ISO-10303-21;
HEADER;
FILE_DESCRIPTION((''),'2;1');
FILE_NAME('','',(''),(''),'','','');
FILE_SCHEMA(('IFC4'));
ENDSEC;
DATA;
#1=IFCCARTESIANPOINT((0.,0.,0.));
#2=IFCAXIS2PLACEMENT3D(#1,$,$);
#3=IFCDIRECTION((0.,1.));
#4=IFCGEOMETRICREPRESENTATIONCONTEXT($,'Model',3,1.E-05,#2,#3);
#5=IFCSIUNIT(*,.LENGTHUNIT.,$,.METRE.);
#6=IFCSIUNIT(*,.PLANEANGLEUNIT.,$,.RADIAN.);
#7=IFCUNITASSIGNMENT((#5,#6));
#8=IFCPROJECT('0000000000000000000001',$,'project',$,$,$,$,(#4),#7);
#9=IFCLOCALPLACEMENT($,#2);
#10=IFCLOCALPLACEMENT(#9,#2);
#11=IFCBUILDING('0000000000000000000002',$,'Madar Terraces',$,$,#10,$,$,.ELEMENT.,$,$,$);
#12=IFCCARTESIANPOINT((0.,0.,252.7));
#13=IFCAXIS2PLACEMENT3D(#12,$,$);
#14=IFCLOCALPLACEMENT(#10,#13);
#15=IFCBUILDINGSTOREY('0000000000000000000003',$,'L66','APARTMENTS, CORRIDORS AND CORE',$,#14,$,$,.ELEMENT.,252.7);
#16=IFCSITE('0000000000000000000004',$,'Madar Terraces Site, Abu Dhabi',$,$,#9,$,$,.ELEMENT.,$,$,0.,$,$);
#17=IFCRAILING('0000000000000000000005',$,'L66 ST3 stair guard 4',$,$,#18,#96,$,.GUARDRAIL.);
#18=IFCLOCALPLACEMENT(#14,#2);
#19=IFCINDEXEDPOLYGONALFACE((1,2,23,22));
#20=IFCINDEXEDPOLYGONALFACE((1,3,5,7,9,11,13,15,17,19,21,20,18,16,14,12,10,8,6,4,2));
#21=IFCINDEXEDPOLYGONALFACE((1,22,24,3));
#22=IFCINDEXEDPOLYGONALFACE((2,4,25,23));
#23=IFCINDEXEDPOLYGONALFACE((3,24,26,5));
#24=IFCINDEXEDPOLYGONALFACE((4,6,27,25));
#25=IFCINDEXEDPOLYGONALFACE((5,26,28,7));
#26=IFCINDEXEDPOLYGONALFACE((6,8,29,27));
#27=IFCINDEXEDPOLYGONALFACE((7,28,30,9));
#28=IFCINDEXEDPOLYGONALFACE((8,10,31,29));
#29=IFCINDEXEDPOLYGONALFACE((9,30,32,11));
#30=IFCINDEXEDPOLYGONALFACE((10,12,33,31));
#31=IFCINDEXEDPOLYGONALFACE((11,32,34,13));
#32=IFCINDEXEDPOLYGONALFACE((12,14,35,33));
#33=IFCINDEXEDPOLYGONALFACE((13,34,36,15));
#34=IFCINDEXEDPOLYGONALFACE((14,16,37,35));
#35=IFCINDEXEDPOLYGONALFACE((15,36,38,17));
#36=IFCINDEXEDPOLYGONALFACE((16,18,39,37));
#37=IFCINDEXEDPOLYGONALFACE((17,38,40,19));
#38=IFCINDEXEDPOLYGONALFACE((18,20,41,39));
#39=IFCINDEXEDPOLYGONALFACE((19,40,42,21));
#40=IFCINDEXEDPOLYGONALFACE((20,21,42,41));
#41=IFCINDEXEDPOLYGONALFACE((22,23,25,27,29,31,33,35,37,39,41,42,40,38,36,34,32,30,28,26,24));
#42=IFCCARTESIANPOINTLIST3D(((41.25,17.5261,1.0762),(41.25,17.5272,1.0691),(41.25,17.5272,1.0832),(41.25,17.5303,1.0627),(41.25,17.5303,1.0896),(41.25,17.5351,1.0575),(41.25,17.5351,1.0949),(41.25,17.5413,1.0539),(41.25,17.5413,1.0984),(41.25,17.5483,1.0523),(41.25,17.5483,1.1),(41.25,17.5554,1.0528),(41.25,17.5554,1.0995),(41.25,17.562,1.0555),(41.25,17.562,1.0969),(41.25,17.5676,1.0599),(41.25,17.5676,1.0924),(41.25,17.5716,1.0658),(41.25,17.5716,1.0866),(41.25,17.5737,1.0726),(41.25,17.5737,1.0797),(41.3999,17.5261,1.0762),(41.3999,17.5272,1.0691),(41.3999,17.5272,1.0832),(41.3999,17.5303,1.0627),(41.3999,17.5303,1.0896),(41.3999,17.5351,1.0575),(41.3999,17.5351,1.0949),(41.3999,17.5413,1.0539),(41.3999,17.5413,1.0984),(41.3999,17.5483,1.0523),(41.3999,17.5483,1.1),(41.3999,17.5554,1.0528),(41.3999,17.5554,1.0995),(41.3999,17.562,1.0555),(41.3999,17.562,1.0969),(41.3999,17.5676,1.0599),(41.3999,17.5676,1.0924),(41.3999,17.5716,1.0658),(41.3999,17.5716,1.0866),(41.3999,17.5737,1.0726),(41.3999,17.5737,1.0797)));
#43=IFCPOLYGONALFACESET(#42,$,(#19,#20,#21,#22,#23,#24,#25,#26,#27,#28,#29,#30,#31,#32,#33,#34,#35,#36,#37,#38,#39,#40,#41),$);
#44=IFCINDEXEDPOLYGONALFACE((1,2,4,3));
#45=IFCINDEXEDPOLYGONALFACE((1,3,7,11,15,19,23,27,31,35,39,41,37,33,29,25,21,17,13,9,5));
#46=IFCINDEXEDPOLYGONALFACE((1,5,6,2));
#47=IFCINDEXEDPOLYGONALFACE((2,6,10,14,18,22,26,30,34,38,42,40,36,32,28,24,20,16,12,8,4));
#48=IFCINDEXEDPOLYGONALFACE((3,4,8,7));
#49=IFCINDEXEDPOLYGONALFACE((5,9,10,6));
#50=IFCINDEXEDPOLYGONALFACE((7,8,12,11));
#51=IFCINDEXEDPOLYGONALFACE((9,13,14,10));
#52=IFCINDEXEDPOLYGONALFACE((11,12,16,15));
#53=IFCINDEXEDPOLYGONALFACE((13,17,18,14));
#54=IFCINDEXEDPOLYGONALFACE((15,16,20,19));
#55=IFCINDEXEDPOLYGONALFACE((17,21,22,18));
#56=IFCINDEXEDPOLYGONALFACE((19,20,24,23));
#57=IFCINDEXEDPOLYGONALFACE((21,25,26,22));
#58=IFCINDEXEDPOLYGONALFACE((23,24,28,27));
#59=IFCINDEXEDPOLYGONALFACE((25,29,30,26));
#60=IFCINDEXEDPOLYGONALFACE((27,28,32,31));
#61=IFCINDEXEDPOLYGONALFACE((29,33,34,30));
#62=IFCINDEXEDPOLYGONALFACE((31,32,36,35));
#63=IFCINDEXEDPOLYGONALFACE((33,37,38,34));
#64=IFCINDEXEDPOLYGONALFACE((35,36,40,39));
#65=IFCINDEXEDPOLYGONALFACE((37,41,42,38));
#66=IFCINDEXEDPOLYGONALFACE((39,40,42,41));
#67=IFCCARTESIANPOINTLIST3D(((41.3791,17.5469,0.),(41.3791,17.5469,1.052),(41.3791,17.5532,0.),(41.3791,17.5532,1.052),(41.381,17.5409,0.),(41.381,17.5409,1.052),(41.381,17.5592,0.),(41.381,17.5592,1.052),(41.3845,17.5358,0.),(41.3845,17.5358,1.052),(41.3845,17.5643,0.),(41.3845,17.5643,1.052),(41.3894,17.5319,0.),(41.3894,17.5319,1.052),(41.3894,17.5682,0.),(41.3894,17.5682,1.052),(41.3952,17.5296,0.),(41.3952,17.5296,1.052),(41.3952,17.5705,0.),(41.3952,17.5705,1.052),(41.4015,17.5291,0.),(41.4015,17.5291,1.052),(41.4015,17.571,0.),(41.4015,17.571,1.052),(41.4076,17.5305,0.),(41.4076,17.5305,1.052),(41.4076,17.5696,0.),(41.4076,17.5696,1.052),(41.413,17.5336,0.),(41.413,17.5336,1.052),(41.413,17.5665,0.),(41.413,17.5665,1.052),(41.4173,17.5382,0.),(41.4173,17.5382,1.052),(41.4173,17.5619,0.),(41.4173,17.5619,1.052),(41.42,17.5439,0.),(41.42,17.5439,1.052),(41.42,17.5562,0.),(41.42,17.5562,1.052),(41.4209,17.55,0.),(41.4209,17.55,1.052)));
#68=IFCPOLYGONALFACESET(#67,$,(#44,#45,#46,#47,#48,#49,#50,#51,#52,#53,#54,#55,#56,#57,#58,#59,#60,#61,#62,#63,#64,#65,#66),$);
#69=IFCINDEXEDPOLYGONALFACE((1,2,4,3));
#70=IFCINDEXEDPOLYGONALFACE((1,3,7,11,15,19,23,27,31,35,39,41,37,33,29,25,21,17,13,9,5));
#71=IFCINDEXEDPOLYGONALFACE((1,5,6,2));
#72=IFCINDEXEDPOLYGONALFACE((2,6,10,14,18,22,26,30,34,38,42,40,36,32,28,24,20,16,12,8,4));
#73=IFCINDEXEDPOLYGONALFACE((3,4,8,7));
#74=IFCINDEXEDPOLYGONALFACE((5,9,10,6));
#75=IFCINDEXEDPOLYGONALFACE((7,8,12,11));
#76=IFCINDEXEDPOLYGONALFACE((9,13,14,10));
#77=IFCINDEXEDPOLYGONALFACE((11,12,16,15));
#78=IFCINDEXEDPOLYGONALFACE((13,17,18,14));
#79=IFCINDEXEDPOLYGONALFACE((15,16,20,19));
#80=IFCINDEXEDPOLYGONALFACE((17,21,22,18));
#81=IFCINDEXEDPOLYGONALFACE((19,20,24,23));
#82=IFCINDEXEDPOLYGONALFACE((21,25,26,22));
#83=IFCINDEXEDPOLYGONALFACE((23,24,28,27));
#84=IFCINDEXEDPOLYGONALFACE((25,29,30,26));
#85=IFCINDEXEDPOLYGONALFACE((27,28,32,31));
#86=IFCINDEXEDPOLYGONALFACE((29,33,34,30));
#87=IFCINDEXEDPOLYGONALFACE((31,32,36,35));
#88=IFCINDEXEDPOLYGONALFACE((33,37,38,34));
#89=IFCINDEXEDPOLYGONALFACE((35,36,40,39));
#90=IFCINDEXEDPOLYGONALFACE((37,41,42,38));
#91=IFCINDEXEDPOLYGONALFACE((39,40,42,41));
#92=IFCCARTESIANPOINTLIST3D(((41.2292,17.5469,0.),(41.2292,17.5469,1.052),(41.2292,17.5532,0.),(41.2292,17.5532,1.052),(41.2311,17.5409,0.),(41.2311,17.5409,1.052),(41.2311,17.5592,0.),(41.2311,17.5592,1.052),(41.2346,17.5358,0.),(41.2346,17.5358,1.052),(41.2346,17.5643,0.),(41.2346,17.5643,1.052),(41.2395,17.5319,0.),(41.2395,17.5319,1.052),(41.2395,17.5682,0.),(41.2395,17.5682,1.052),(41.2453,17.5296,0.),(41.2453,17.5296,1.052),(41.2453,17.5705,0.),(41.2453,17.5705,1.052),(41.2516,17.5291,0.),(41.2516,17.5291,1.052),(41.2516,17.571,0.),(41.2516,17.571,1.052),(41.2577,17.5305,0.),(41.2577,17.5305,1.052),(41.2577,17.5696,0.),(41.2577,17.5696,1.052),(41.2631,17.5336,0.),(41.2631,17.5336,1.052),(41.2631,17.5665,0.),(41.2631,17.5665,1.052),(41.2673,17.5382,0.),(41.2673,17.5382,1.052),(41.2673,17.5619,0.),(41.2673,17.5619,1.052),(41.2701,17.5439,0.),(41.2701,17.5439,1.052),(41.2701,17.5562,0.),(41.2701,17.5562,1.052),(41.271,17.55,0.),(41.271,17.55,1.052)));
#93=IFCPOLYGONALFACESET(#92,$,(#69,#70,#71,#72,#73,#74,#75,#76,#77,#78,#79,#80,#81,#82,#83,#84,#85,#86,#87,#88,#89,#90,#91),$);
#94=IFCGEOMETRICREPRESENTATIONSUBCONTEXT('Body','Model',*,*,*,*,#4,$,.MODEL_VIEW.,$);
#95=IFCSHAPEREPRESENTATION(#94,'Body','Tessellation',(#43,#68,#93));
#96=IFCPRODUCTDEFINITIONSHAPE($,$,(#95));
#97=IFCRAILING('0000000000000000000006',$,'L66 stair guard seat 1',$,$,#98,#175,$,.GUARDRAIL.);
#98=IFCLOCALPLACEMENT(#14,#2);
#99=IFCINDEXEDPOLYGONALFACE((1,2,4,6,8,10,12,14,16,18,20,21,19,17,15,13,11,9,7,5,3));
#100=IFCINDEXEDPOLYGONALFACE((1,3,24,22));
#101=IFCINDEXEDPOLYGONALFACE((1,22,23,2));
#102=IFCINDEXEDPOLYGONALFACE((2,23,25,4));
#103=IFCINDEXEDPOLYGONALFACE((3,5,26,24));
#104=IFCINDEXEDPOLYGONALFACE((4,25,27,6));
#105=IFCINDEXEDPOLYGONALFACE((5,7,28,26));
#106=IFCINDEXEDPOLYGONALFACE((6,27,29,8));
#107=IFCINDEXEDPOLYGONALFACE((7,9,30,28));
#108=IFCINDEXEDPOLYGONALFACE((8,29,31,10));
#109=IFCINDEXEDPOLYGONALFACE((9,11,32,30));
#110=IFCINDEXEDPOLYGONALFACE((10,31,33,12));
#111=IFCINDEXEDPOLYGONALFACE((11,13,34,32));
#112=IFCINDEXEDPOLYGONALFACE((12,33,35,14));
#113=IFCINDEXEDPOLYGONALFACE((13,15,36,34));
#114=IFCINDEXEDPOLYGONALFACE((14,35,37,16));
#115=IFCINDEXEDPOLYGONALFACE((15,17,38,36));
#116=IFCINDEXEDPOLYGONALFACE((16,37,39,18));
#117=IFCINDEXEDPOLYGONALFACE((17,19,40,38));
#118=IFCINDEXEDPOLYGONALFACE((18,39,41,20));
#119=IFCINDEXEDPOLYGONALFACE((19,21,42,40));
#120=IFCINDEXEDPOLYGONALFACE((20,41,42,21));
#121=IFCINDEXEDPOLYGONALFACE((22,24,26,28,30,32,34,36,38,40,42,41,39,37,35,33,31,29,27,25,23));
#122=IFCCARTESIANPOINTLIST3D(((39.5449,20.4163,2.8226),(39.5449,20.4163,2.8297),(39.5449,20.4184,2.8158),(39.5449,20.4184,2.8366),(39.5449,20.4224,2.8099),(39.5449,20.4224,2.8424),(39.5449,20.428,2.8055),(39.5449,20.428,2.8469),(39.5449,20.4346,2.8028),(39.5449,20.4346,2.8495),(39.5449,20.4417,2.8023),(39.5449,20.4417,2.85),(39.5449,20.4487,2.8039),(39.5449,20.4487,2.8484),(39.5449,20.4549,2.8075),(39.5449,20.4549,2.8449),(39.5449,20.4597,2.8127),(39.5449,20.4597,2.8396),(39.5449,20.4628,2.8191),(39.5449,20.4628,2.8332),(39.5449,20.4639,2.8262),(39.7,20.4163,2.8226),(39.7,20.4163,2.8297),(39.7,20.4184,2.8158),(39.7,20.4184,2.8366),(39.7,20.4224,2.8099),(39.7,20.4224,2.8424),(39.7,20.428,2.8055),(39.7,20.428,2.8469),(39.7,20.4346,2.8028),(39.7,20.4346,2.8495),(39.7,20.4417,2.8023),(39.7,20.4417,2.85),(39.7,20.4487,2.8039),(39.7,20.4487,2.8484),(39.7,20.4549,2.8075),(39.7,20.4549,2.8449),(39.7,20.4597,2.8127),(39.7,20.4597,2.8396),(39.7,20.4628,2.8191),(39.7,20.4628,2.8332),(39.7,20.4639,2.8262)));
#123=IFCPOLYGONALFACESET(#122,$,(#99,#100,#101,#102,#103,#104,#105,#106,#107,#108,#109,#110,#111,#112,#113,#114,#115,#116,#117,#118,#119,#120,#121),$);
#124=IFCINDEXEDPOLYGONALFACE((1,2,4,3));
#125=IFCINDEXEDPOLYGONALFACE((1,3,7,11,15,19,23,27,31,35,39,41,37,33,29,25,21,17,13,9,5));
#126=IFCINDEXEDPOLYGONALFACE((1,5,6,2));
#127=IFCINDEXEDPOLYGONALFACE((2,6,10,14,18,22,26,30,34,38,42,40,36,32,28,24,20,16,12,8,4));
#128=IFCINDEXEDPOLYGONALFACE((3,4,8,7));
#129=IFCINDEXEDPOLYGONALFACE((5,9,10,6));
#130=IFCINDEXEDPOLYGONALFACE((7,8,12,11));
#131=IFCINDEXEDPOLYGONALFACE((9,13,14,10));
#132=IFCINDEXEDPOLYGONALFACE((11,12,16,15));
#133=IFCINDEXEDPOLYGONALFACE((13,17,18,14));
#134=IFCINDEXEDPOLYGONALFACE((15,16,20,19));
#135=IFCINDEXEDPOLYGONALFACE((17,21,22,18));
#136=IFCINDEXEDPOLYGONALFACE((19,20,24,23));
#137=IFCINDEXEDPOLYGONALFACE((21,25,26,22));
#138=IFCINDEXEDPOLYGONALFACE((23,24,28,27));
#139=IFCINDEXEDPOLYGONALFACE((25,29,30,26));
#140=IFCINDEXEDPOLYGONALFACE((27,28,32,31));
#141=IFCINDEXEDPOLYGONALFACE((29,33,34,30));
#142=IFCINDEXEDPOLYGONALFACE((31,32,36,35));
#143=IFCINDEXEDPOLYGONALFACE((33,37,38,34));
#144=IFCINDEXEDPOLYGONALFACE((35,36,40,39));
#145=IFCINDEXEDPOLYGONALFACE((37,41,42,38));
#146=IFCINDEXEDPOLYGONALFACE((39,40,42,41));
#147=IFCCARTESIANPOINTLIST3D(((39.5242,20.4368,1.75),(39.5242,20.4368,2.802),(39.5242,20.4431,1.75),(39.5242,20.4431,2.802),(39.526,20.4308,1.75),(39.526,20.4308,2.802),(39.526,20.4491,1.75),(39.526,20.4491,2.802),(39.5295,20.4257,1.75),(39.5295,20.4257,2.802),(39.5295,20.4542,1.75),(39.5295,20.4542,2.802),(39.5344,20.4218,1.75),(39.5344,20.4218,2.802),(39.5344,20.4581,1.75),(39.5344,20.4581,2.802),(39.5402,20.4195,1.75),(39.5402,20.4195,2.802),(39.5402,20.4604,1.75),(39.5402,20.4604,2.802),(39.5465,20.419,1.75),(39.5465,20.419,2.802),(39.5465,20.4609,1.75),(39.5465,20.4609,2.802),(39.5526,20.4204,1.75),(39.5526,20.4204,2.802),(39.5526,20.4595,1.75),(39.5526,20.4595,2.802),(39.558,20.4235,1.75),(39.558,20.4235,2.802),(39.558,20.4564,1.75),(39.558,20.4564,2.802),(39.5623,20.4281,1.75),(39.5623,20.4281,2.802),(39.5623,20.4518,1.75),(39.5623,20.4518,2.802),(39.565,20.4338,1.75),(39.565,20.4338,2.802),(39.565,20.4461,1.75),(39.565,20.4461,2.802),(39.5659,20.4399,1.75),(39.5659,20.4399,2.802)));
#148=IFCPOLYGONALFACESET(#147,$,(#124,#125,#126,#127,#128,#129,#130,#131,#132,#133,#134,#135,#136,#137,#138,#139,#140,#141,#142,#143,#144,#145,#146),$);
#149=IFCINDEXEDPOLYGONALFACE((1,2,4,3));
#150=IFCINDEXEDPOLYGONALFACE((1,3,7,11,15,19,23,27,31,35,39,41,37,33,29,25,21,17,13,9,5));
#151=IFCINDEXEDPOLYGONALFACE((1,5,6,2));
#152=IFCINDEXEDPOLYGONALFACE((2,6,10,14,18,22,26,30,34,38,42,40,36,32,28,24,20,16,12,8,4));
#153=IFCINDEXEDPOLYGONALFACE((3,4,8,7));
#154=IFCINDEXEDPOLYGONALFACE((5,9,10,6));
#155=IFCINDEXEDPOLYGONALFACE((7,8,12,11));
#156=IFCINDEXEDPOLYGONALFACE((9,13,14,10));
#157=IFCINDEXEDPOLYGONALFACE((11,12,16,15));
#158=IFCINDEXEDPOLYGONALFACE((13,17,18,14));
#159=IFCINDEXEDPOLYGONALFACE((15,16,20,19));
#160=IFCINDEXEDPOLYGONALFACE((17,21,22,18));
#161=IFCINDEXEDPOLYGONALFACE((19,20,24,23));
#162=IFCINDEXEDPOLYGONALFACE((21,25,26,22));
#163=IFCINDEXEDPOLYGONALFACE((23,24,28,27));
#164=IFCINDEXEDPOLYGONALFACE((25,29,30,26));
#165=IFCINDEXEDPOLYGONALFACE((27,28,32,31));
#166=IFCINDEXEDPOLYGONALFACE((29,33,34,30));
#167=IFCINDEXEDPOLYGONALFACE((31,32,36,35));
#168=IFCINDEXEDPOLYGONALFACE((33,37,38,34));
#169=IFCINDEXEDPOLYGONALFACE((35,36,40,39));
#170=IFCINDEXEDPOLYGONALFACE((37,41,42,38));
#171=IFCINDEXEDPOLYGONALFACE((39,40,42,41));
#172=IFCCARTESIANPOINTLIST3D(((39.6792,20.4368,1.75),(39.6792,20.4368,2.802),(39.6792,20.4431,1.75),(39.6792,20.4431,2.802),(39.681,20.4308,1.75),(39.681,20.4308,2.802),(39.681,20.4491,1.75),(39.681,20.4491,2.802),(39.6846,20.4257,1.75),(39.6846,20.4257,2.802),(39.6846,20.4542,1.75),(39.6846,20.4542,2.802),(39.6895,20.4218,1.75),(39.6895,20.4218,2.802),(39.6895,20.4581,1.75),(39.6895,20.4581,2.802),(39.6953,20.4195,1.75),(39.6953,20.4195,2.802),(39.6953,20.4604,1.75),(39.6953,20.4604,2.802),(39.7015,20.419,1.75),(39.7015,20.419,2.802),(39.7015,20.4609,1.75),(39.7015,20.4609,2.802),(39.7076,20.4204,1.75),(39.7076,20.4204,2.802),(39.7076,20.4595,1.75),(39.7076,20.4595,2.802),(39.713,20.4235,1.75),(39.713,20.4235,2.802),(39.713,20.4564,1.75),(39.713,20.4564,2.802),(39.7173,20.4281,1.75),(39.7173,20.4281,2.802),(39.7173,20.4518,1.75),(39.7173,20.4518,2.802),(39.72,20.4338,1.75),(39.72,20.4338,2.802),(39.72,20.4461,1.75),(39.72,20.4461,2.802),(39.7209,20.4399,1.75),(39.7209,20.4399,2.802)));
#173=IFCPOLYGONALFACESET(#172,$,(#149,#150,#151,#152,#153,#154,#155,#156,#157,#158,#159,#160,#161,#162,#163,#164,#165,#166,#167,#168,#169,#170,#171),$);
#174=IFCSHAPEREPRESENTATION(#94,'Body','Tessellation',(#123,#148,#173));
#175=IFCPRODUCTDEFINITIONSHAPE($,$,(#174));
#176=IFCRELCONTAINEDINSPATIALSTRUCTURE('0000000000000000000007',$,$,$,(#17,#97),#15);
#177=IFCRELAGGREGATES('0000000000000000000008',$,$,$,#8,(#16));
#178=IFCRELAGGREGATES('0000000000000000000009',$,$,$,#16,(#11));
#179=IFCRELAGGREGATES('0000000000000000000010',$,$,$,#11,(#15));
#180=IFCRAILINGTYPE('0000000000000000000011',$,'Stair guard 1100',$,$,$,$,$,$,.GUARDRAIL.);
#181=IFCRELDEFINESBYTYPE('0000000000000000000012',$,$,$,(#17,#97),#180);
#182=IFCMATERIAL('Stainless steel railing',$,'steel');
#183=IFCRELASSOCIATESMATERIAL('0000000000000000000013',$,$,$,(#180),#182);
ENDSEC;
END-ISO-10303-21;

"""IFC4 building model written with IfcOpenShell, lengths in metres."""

from ifc_helpers import new_model, si_unit, direction, frame, origin, origin_2d, place, context, subcontext, project, spatial, circle, extrude, material, type_object, element, save


model = new_model("IFC4")

# Units and contexts
model_context = context("Model", 3, precision=1e-05, world=origin(), true_north=direction((0.0, 1.0)))
body_context = subcontext(model_context, "Body", "Model", "MODEL_VIEW")
ifc_project = project(units=[si_unit("LENGTHUNIT", "METRE"), si_unit("PLANEANGLEUNIT", "RADIAN")], contexts=[model_context])

# Site, building, storey
site_placement = place(None, origin())
site = spatial("IfcSite", under=ifc_project, at=site_placement, Name="Madar Terraces Site, Abu Dhabi", CompositionType="ELEMENT", RefElevation=0.0)
building_placement = place(site_placement, origin())
building = spatial("IfcBuilding", under=site, at=building_placement, Name="Madar Terraces", CompositionType="ELEMENT")
storey_placement = place(building_placement, frame((0.0, 0.0, 252.7)))
storey = spatial("IfcBuildingStorey", under=building, at=storey_placement, Name="L66", Description="APARTMENTS, CORRIDORS AND CORE", CompositionType="ELEMENT", Elevation=252.7)

# Railings
ifc_material_1 = material(Name="Stainless steel railing", Category="steel")
railing_type_1 = type_object("IfcRailingType", Name="Stair guard 1100", PredefinedType="GUARDRAIL", material=ifc_material_1)
railing_1_placement = place(storey_placement, frame((41.3999, 17.55, 0.0)))
element("IfcRailing", 1, at=railing_1_placement, inside=storey, type_object=railing_type_1, Name="L66 ST3 stair guard 4", PredefinedType="GUARDRAIL", context=body_context, shape_type="SweptSolid", body=[
    extrude(circle(Radius=0.0239, at=origin_2d()), frame((0.0, 0.0, 1.0762), z_axis=(-1.0, 0.0, 0.0), x_axis=(0.0, -1.0, 0.0)), (0.0, 0.0, 1.0), 0.1499),
    extrude(circle(Radius=0.021, at=origin_2d()), origin(), (0.0, 0.0, 1.0), 1.052),
    extrude(circle(Radius=0.021, at=origin_2d()), frame((-0.1499, 0.0, 0.0)), (0.0, 0.0, 1.0), 1.052),
])
for number, where, name in (
    (2, (39.5449, 20.4399, 1.75), "L66 stair guard seat 1"),
):
    element("IfcRailing", number, at=place(storey_placement, frame(where)), inside=storey, type_object=railing_type_1, Name=name, PredefinedType="GUARDRAIL", context=body_context, shape_type="SweptSolid", body=[
        extrude(circle(Radius=0.0239, at=origin_2d()), frame((0.0, 0.0, 1.0762), z_axis=(1.0, 0.0, 0.0), x_axis=(0.0, 1.0, 0.0)), (0.0, 0.0, 1.0), 0.155),
        extrude(circle(Radius=0.021, at=origin_2d()), origin(), (0.0, 0.0, 1.0), 1.052),
        extrude(circle(Radius=0.021, at=origin_2d()), frame((0.155, 0.0, 0.0)), (0.0, 0.0, 1.0), 1.052),
    ])

save(model, "model.ifc")
